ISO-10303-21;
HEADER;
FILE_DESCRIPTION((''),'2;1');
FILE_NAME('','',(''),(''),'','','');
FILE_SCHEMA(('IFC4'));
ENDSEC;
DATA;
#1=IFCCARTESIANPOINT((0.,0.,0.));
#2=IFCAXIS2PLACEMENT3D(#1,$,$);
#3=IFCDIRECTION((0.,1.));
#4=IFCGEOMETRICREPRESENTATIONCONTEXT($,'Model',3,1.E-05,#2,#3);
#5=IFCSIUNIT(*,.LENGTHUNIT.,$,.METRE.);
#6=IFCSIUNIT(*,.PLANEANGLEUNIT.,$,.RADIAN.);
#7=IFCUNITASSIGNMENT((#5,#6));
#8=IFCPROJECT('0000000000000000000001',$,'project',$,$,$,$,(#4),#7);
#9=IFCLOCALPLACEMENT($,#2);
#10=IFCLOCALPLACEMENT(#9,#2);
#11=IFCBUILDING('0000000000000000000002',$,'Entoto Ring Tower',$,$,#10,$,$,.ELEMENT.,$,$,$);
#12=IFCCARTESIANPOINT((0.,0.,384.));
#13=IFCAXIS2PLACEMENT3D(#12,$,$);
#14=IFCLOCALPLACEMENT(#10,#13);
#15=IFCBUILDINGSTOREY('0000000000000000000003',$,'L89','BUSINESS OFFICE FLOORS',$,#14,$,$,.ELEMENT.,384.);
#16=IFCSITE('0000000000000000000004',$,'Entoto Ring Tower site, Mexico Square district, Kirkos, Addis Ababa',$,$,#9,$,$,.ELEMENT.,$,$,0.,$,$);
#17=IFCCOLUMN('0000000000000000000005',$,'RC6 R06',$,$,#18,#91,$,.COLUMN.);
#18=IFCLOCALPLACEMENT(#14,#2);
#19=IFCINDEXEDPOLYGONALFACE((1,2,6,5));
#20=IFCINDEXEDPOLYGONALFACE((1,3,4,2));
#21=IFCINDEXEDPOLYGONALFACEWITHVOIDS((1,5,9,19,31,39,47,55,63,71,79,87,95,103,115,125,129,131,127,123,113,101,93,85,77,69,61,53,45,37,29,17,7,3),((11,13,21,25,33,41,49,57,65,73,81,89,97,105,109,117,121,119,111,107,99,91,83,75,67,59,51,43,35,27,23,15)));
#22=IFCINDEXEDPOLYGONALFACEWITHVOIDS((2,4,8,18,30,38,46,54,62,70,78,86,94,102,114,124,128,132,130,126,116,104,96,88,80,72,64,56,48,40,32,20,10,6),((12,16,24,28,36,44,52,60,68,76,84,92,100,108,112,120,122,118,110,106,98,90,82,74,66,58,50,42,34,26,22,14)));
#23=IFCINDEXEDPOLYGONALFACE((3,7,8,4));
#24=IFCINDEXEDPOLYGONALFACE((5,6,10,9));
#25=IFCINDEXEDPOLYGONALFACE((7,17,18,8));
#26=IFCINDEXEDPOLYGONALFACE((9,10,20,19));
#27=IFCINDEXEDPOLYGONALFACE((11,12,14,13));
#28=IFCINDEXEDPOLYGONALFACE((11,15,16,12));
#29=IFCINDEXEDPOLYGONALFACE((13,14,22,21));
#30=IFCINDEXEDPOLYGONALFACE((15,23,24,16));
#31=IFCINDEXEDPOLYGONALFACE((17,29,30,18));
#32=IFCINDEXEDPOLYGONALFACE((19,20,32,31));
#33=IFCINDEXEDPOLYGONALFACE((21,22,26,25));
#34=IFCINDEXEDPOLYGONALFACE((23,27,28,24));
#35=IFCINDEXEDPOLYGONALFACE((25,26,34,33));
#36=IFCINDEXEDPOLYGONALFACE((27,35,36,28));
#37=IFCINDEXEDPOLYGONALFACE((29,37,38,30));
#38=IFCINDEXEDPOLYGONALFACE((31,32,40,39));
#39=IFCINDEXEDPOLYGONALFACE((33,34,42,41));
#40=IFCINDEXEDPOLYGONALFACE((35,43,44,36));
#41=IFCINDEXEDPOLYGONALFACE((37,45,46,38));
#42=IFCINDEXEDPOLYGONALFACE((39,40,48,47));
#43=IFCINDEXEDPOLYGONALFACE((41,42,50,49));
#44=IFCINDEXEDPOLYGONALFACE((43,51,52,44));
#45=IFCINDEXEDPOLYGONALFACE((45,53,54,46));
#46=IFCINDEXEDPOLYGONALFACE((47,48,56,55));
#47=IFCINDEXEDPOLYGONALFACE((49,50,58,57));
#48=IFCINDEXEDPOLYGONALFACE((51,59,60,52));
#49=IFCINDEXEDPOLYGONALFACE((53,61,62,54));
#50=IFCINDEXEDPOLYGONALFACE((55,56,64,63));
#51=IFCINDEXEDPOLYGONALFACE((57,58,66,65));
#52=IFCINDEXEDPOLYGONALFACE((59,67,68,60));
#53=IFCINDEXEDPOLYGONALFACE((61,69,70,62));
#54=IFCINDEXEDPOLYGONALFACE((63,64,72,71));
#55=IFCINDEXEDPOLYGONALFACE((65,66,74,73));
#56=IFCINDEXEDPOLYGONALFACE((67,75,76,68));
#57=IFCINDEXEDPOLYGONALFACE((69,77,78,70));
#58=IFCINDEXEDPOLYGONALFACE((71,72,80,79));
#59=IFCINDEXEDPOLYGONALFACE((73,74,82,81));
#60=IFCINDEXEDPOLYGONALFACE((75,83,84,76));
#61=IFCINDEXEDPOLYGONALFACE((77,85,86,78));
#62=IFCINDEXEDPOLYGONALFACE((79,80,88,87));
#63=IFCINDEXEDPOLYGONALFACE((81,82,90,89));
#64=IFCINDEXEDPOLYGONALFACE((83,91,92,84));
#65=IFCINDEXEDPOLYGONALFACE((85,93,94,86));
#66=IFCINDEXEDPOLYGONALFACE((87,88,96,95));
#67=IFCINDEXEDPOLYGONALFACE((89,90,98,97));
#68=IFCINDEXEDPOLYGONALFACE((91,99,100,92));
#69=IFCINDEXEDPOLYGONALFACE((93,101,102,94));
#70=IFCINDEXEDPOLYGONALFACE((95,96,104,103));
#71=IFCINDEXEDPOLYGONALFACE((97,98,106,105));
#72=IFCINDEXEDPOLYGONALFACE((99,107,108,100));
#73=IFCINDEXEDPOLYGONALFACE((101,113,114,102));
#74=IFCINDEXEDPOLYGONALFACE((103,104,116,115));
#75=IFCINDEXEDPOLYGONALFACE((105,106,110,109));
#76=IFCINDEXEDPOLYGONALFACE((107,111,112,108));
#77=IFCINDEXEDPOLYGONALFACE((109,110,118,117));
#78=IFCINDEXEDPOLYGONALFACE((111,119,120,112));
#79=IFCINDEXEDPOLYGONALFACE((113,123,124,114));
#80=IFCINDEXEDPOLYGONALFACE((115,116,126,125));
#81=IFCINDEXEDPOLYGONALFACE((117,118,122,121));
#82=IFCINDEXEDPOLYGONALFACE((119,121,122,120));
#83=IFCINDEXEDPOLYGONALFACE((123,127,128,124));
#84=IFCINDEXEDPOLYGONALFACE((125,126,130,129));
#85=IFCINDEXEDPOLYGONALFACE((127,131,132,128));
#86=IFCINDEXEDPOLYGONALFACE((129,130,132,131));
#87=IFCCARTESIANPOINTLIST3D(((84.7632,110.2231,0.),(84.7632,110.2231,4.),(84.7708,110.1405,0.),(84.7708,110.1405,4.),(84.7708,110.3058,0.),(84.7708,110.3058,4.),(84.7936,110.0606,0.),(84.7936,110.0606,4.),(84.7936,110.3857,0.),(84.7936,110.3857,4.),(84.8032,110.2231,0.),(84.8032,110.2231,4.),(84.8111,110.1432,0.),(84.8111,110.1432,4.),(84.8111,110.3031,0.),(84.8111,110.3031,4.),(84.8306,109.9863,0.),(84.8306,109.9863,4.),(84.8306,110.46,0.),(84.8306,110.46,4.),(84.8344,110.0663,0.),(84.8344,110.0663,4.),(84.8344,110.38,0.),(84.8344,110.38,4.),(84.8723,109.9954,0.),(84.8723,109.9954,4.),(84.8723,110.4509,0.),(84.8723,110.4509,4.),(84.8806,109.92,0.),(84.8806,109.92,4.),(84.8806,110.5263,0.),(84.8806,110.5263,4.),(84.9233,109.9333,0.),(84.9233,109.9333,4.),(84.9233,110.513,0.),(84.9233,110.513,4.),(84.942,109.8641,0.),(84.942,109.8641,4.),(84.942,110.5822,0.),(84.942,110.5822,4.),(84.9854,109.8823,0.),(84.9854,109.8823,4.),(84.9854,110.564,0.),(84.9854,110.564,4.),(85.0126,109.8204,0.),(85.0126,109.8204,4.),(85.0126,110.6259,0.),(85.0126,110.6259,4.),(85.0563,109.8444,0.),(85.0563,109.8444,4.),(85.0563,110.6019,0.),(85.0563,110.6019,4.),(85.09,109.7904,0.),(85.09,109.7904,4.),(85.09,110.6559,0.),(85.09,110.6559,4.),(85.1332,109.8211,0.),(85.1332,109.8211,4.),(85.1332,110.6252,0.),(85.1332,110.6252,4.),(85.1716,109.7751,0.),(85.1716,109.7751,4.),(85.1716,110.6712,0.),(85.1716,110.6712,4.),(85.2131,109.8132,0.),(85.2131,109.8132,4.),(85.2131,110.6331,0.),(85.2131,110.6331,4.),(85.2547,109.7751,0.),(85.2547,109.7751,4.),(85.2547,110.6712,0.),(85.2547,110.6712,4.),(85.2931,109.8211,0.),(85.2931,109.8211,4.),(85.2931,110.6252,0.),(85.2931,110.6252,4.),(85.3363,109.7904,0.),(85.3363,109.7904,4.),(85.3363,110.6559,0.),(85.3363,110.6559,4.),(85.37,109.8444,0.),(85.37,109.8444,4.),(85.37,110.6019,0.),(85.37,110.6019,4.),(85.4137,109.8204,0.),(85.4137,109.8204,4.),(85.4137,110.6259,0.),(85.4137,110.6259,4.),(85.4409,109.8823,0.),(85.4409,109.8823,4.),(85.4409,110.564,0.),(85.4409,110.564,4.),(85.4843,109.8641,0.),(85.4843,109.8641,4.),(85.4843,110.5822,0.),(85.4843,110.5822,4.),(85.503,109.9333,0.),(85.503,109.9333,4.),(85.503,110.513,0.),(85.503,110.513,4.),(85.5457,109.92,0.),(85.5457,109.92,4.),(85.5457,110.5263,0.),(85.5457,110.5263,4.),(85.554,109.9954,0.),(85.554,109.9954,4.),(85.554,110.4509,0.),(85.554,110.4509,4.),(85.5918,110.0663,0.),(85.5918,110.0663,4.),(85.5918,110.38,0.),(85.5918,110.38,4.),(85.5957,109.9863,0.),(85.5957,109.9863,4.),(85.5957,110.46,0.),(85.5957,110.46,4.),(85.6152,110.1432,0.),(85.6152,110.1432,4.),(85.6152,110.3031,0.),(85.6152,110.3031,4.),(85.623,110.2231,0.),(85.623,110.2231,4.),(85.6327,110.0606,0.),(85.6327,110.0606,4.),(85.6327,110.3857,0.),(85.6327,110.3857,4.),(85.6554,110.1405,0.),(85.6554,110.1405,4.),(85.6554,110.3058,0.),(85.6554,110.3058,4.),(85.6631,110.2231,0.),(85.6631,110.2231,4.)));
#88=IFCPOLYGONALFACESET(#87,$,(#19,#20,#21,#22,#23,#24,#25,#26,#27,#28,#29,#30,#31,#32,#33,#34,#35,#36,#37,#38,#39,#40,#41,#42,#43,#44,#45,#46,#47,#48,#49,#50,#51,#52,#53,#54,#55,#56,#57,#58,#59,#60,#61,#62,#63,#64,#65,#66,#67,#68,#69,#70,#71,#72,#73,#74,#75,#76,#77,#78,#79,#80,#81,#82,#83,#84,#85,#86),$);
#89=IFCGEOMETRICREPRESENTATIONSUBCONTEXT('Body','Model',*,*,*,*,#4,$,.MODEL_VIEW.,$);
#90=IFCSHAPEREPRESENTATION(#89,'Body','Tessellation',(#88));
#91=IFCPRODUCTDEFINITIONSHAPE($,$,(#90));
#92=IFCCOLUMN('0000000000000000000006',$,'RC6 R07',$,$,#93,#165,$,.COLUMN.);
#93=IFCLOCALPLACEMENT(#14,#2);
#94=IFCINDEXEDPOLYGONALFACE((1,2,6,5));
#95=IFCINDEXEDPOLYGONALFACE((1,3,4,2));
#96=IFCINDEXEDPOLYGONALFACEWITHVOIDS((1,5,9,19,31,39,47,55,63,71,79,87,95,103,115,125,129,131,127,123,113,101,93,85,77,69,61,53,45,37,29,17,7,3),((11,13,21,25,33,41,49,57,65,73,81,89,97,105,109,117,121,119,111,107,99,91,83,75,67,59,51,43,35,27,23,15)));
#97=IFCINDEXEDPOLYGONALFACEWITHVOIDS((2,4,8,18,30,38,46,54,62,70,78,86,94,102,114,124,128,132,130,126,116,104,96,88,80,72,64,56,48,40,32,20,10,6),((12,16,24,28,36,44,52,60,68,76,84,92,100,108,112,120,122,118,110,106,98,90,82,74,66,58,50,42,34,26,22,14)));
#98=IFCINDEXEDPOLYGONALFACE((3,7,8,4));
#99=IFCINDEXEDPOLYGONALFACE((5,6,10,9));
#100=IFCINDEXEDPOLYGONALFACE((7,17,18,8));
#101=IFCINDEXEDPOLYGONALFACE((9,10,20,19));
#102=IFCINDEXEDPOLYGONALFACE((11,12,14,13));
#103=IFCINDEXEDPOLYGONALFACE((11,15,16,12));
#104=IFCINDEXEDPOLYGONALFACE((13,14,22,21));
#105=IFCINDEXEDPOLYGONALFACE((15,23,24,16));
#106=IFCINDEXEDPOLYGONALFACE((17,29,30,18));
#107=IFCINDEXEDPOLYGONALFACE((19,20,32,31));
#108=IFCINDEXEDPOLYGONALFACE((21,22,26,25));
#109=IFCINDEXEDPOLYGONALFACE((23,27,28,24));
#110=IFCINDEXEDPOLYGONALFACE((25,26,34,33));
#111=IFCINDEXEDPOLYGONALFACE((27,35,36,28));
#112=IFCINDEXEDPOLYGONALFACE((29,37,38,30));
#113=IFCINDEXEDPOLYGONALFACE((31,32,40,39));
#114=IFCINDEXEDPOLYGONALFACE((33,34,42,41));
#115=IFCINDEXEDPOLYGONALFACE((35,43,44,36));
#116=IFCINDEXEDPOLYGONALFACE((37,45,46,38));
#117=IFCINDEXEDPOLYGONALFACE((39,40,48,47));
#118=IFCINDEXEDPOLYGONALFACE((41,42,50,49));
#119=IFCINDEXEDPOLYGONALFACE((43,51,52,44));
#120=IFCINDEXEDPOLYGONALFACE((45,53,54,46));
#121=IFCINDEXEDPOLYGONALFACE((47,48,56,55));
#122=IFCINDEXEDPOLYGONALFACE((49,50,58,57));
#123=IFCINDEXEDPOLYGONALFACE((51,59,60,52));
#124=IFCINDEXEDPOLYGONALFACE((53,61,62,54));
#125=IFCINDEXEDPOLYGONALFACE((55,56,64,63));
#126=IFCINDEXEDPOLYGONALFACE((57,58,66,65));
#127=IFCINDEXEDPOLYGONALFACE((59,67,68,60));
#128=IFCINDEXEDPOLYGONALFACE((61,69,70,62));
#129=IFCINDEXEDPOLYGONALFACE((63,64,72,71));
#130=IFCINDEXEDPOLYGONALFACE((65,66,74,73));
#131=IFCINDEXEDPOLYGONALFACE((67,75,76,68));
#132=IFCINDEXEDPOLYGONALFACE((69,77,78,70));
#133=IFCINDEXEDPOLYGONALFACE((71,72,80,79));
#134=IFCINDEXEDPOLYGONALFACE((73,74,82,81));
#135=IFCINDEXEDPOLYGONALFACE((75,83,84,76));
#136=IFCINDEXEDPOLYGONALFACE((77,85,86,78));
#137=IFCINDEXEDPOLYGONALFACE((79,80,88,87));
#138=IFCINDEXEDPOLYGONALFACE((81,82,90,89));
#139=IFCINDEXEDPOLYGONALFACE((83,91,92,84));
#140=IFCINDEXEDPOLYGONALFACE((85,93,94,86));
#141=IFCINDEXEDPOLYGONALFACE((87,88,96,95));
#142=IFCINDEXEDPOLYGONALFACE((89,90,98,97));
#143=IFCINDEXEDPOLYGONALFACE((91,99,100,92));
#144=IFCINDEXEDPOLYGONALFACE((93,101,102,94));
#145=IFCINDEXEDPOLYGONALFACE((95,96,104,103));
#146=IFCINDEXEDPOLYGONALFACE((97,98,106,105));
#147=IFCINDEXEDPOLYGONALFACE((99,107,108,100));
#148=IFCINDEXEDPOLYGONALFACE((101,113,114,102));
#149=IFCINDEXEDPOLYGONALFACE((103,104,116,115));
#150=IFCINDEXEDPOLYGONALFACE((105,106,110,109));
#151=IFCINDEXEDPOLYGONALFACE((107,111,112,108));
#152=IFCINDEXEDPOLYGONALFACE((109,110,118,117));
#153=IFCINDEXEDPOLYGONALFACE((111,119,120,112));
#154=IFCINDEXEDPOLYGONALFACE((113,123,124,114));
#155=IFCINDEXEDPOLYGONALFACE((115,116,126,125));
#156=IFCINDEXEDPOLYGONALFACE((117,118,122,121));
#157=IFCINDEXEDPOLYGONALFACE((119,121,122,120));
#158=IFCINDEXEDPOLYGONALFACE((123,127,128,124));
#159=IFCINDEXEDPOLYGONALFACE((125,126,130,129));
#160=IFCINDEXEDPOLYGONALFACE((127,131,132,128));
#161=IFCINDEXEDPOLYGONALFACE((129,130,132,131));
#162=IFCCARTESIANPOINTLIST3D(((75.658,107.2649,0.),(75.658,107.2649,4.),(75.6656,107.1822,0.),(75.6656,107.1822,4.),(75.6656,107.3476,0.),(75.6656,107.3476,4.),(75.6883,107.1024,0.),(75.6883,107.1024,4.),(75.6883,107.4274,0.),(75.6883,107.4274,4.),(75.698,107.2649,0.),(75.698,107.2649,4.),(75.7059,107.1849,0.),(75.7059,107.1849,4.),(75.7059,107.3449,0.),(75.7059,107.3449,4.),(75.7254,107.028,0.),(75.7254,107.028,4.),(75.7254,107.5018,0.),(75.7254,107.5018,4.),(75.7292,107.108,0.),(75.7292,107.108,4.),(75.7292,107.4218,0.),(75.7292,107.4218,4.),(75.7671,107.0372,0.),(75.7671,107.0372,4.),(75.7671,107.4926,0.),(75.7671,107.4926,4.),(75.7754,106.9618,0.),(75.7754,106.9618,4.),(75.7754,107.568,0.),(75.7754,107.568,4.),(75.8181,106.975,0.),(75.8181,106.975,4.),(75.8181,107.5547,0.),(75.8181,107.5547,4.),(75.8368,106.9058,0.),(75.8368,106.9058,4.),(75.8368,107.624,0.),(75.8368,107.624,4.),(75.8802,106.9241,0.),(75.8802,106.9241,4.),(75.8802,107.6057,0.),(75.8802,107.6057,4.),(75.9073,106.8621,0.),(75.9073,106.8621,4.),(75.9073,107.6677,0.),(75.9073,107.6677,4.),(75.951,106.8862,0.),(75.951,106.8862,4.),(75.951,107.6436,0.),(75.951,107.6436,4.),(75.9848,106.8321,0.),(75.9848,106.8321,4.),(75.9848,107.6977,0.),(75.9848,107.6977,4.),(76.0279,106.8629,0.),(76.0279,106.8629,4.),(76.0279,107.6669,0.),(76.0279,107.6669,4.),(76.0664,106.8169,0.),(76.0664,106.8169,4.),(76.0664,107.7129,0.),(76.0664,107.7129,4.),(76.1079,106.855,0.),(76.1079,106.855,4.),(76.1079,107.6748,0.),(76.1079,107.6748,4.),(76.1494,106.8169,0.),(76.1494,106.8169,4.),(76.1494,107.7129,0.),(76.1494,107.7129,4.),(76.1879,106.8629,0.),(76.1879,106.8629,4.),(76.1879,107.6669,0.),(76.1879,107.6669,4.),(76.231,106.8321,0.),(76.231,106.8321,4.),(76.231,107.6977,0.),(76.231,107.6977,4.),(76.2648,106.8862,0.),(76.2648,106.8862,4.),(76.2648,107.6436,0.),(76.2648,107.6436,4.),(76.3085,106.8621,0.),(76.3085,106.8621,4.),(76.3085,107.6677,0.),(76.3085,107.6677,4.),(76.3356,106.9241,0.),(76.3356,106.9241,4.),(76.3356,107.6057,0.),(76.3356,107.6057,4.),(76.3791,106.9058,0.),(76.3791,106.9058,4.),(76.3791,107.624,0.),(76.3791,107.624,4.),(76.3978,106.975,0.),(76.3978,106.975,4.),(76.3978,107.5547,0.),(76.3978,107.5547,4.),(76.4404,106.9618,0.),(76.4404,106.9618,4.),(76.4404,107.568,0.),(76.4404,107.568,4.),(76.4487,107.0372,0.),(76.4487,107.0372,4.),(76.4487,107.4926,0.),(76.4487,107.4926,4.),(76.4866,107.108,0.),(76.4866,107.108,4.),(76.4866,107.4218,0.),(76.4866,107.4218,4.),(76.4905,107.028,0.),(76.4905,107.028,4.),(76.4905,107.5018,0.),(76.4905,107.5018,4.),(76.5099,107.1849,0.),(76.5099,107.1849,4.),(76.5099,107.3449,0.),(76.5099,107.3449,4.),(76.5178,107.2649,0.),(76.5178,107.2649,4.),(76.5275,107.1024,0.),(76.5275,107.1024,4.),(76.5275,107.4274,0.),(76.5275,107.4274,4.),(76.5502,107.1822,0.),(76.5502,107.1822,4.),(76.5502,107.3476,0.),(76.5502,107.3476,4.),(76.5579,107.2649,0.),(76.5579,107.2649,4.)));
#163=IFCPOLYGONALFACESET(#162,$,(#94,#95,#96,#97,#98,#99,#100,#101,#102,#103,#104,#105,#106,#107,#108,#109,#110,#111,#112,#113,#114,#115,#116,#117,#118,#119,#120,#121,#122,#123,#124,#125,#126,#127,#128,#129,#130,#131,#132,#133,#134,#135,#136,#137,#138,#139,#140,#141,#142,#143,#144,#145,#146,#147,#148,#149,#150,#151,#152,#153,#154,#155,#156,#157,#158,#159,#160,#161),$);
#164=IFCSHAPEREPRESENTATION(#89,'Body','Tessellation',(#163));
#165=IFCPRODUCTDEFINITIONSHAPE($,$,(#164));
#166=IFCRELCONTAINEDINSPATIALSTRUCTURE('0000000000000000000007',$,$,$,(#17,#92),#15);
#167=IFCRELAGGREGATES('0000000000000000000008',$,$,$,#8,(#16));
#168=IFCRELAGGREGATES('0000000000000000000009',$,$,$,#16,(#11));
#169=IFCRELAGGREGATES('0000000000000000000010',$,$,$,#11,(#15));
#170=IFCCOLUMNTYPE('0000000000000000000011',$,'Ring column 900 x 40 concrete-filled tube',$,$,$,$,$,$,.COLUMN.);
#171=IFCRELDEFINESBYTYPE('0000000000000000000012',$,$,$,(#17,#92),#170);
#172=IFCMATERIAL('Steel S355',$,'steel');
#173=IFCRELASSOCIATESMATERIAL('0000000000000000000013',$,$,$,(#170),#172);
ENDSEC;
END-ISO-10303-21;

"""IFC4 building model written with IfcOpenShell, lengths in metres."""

from ifc_helpers import new_model, si_unit, direction, frame, origin, origin_2d, place, context, subcontext, project, spatial, circle, hollow_circle, extrude, material, material_profile, profile_set, type_object, element, save


model = new_model("IFC4")

# Units and contexts
model_context = context("Model", 3, precision=1e-05, world=origin(), true_north=direction((0.0, 1.0)))
body_context = subcontext(model_context, "Body", "Model", "MODEL_VIEW")
ifc_project = project(units=[si_unit("LENGTHUNIT", "METRE"), si_unit("PLANEANGLEUNIT", "RADIAN")], contexts=[model_context])

# Site, building, storey
site_placement = place(None, origin())
site = spatial("IfcSite", under=ifc_project, at=site_placement, Name="Entoto Ring Tower site, Mexico Square district, Kirkos, Addis Ababa", CompositionType="ELEMENT", RefElevation=0.0)
building_placement = place(site_placement, origin())
building = spatial("IfcBuilding", under=site, at=building_placement, Name="Entoto Ring Tower", CompositionType="ELEMENT")
storey_placement = place(building_placement, frame((0.0, 0.0, 384.0)))
storey = spatial("IfcBuildingStorey", under=building, at=storey_placement, Name="L89", Description="BUSINESS OFFICE FLOORS", CompositionType="ELEMENT", Elevation=384.0)

# Columns
ifc_material_1 = material(Name="Steel S355", Category="steel")
ifc_material_profile_1 = material_profile(ifc_material_1, hollow_circle(Radius=0.45, WallThickness=0.04, at=origin_2d()), Name="CHS 900 x 40")
ifc_material_2 = material(Name="Concrete C60/75", Category="concrete")
ifc_material_profile_2 = material_profile(ifc_material_2, circle(Radius=0.4099, at=origin_2d()), Name="Concrete C60/75 infill")
ifc_profile_set_1 = profile_set([ifc_material_profile_1, ifc_material_profile_2], Name="Steel S355")
column_type = type_object("IfcColumnType", Name="Ring column 900 x 40 concrete-filled tube", PredefinedType="COLUMN", material=ifc_profile_set_1)
for number, where, z_axis, x_axis, name in (
    (1, (85.2131, 110.2231, 0.0), (0.0, 0.0, 1.0), (1.0, 0.0, 0.0), "RC6 R06"),
    (2, (76.1079, 107.2649, 0.0), (0.0, 0.0, 1.0), (1.0, 0.0, 0.0), "RC6 R07"),
):
    element("IfcColumn", number, at=place(storey_placement, frame(where, z_axis=z_axis, x_axis=x_axis)), inside=storey, type_object=column_type, Name=name, PredefinedType="COLUMN", context=body_context, shape_type="SweptSolid", body=[
        extrude(hollow_circle(Radius=0.45, WallThickness=0.04, at=origin_2d()), origin(), (0.0, 0.0, 1.0), 4.0),
    ])

save(model, "model.ifc")
